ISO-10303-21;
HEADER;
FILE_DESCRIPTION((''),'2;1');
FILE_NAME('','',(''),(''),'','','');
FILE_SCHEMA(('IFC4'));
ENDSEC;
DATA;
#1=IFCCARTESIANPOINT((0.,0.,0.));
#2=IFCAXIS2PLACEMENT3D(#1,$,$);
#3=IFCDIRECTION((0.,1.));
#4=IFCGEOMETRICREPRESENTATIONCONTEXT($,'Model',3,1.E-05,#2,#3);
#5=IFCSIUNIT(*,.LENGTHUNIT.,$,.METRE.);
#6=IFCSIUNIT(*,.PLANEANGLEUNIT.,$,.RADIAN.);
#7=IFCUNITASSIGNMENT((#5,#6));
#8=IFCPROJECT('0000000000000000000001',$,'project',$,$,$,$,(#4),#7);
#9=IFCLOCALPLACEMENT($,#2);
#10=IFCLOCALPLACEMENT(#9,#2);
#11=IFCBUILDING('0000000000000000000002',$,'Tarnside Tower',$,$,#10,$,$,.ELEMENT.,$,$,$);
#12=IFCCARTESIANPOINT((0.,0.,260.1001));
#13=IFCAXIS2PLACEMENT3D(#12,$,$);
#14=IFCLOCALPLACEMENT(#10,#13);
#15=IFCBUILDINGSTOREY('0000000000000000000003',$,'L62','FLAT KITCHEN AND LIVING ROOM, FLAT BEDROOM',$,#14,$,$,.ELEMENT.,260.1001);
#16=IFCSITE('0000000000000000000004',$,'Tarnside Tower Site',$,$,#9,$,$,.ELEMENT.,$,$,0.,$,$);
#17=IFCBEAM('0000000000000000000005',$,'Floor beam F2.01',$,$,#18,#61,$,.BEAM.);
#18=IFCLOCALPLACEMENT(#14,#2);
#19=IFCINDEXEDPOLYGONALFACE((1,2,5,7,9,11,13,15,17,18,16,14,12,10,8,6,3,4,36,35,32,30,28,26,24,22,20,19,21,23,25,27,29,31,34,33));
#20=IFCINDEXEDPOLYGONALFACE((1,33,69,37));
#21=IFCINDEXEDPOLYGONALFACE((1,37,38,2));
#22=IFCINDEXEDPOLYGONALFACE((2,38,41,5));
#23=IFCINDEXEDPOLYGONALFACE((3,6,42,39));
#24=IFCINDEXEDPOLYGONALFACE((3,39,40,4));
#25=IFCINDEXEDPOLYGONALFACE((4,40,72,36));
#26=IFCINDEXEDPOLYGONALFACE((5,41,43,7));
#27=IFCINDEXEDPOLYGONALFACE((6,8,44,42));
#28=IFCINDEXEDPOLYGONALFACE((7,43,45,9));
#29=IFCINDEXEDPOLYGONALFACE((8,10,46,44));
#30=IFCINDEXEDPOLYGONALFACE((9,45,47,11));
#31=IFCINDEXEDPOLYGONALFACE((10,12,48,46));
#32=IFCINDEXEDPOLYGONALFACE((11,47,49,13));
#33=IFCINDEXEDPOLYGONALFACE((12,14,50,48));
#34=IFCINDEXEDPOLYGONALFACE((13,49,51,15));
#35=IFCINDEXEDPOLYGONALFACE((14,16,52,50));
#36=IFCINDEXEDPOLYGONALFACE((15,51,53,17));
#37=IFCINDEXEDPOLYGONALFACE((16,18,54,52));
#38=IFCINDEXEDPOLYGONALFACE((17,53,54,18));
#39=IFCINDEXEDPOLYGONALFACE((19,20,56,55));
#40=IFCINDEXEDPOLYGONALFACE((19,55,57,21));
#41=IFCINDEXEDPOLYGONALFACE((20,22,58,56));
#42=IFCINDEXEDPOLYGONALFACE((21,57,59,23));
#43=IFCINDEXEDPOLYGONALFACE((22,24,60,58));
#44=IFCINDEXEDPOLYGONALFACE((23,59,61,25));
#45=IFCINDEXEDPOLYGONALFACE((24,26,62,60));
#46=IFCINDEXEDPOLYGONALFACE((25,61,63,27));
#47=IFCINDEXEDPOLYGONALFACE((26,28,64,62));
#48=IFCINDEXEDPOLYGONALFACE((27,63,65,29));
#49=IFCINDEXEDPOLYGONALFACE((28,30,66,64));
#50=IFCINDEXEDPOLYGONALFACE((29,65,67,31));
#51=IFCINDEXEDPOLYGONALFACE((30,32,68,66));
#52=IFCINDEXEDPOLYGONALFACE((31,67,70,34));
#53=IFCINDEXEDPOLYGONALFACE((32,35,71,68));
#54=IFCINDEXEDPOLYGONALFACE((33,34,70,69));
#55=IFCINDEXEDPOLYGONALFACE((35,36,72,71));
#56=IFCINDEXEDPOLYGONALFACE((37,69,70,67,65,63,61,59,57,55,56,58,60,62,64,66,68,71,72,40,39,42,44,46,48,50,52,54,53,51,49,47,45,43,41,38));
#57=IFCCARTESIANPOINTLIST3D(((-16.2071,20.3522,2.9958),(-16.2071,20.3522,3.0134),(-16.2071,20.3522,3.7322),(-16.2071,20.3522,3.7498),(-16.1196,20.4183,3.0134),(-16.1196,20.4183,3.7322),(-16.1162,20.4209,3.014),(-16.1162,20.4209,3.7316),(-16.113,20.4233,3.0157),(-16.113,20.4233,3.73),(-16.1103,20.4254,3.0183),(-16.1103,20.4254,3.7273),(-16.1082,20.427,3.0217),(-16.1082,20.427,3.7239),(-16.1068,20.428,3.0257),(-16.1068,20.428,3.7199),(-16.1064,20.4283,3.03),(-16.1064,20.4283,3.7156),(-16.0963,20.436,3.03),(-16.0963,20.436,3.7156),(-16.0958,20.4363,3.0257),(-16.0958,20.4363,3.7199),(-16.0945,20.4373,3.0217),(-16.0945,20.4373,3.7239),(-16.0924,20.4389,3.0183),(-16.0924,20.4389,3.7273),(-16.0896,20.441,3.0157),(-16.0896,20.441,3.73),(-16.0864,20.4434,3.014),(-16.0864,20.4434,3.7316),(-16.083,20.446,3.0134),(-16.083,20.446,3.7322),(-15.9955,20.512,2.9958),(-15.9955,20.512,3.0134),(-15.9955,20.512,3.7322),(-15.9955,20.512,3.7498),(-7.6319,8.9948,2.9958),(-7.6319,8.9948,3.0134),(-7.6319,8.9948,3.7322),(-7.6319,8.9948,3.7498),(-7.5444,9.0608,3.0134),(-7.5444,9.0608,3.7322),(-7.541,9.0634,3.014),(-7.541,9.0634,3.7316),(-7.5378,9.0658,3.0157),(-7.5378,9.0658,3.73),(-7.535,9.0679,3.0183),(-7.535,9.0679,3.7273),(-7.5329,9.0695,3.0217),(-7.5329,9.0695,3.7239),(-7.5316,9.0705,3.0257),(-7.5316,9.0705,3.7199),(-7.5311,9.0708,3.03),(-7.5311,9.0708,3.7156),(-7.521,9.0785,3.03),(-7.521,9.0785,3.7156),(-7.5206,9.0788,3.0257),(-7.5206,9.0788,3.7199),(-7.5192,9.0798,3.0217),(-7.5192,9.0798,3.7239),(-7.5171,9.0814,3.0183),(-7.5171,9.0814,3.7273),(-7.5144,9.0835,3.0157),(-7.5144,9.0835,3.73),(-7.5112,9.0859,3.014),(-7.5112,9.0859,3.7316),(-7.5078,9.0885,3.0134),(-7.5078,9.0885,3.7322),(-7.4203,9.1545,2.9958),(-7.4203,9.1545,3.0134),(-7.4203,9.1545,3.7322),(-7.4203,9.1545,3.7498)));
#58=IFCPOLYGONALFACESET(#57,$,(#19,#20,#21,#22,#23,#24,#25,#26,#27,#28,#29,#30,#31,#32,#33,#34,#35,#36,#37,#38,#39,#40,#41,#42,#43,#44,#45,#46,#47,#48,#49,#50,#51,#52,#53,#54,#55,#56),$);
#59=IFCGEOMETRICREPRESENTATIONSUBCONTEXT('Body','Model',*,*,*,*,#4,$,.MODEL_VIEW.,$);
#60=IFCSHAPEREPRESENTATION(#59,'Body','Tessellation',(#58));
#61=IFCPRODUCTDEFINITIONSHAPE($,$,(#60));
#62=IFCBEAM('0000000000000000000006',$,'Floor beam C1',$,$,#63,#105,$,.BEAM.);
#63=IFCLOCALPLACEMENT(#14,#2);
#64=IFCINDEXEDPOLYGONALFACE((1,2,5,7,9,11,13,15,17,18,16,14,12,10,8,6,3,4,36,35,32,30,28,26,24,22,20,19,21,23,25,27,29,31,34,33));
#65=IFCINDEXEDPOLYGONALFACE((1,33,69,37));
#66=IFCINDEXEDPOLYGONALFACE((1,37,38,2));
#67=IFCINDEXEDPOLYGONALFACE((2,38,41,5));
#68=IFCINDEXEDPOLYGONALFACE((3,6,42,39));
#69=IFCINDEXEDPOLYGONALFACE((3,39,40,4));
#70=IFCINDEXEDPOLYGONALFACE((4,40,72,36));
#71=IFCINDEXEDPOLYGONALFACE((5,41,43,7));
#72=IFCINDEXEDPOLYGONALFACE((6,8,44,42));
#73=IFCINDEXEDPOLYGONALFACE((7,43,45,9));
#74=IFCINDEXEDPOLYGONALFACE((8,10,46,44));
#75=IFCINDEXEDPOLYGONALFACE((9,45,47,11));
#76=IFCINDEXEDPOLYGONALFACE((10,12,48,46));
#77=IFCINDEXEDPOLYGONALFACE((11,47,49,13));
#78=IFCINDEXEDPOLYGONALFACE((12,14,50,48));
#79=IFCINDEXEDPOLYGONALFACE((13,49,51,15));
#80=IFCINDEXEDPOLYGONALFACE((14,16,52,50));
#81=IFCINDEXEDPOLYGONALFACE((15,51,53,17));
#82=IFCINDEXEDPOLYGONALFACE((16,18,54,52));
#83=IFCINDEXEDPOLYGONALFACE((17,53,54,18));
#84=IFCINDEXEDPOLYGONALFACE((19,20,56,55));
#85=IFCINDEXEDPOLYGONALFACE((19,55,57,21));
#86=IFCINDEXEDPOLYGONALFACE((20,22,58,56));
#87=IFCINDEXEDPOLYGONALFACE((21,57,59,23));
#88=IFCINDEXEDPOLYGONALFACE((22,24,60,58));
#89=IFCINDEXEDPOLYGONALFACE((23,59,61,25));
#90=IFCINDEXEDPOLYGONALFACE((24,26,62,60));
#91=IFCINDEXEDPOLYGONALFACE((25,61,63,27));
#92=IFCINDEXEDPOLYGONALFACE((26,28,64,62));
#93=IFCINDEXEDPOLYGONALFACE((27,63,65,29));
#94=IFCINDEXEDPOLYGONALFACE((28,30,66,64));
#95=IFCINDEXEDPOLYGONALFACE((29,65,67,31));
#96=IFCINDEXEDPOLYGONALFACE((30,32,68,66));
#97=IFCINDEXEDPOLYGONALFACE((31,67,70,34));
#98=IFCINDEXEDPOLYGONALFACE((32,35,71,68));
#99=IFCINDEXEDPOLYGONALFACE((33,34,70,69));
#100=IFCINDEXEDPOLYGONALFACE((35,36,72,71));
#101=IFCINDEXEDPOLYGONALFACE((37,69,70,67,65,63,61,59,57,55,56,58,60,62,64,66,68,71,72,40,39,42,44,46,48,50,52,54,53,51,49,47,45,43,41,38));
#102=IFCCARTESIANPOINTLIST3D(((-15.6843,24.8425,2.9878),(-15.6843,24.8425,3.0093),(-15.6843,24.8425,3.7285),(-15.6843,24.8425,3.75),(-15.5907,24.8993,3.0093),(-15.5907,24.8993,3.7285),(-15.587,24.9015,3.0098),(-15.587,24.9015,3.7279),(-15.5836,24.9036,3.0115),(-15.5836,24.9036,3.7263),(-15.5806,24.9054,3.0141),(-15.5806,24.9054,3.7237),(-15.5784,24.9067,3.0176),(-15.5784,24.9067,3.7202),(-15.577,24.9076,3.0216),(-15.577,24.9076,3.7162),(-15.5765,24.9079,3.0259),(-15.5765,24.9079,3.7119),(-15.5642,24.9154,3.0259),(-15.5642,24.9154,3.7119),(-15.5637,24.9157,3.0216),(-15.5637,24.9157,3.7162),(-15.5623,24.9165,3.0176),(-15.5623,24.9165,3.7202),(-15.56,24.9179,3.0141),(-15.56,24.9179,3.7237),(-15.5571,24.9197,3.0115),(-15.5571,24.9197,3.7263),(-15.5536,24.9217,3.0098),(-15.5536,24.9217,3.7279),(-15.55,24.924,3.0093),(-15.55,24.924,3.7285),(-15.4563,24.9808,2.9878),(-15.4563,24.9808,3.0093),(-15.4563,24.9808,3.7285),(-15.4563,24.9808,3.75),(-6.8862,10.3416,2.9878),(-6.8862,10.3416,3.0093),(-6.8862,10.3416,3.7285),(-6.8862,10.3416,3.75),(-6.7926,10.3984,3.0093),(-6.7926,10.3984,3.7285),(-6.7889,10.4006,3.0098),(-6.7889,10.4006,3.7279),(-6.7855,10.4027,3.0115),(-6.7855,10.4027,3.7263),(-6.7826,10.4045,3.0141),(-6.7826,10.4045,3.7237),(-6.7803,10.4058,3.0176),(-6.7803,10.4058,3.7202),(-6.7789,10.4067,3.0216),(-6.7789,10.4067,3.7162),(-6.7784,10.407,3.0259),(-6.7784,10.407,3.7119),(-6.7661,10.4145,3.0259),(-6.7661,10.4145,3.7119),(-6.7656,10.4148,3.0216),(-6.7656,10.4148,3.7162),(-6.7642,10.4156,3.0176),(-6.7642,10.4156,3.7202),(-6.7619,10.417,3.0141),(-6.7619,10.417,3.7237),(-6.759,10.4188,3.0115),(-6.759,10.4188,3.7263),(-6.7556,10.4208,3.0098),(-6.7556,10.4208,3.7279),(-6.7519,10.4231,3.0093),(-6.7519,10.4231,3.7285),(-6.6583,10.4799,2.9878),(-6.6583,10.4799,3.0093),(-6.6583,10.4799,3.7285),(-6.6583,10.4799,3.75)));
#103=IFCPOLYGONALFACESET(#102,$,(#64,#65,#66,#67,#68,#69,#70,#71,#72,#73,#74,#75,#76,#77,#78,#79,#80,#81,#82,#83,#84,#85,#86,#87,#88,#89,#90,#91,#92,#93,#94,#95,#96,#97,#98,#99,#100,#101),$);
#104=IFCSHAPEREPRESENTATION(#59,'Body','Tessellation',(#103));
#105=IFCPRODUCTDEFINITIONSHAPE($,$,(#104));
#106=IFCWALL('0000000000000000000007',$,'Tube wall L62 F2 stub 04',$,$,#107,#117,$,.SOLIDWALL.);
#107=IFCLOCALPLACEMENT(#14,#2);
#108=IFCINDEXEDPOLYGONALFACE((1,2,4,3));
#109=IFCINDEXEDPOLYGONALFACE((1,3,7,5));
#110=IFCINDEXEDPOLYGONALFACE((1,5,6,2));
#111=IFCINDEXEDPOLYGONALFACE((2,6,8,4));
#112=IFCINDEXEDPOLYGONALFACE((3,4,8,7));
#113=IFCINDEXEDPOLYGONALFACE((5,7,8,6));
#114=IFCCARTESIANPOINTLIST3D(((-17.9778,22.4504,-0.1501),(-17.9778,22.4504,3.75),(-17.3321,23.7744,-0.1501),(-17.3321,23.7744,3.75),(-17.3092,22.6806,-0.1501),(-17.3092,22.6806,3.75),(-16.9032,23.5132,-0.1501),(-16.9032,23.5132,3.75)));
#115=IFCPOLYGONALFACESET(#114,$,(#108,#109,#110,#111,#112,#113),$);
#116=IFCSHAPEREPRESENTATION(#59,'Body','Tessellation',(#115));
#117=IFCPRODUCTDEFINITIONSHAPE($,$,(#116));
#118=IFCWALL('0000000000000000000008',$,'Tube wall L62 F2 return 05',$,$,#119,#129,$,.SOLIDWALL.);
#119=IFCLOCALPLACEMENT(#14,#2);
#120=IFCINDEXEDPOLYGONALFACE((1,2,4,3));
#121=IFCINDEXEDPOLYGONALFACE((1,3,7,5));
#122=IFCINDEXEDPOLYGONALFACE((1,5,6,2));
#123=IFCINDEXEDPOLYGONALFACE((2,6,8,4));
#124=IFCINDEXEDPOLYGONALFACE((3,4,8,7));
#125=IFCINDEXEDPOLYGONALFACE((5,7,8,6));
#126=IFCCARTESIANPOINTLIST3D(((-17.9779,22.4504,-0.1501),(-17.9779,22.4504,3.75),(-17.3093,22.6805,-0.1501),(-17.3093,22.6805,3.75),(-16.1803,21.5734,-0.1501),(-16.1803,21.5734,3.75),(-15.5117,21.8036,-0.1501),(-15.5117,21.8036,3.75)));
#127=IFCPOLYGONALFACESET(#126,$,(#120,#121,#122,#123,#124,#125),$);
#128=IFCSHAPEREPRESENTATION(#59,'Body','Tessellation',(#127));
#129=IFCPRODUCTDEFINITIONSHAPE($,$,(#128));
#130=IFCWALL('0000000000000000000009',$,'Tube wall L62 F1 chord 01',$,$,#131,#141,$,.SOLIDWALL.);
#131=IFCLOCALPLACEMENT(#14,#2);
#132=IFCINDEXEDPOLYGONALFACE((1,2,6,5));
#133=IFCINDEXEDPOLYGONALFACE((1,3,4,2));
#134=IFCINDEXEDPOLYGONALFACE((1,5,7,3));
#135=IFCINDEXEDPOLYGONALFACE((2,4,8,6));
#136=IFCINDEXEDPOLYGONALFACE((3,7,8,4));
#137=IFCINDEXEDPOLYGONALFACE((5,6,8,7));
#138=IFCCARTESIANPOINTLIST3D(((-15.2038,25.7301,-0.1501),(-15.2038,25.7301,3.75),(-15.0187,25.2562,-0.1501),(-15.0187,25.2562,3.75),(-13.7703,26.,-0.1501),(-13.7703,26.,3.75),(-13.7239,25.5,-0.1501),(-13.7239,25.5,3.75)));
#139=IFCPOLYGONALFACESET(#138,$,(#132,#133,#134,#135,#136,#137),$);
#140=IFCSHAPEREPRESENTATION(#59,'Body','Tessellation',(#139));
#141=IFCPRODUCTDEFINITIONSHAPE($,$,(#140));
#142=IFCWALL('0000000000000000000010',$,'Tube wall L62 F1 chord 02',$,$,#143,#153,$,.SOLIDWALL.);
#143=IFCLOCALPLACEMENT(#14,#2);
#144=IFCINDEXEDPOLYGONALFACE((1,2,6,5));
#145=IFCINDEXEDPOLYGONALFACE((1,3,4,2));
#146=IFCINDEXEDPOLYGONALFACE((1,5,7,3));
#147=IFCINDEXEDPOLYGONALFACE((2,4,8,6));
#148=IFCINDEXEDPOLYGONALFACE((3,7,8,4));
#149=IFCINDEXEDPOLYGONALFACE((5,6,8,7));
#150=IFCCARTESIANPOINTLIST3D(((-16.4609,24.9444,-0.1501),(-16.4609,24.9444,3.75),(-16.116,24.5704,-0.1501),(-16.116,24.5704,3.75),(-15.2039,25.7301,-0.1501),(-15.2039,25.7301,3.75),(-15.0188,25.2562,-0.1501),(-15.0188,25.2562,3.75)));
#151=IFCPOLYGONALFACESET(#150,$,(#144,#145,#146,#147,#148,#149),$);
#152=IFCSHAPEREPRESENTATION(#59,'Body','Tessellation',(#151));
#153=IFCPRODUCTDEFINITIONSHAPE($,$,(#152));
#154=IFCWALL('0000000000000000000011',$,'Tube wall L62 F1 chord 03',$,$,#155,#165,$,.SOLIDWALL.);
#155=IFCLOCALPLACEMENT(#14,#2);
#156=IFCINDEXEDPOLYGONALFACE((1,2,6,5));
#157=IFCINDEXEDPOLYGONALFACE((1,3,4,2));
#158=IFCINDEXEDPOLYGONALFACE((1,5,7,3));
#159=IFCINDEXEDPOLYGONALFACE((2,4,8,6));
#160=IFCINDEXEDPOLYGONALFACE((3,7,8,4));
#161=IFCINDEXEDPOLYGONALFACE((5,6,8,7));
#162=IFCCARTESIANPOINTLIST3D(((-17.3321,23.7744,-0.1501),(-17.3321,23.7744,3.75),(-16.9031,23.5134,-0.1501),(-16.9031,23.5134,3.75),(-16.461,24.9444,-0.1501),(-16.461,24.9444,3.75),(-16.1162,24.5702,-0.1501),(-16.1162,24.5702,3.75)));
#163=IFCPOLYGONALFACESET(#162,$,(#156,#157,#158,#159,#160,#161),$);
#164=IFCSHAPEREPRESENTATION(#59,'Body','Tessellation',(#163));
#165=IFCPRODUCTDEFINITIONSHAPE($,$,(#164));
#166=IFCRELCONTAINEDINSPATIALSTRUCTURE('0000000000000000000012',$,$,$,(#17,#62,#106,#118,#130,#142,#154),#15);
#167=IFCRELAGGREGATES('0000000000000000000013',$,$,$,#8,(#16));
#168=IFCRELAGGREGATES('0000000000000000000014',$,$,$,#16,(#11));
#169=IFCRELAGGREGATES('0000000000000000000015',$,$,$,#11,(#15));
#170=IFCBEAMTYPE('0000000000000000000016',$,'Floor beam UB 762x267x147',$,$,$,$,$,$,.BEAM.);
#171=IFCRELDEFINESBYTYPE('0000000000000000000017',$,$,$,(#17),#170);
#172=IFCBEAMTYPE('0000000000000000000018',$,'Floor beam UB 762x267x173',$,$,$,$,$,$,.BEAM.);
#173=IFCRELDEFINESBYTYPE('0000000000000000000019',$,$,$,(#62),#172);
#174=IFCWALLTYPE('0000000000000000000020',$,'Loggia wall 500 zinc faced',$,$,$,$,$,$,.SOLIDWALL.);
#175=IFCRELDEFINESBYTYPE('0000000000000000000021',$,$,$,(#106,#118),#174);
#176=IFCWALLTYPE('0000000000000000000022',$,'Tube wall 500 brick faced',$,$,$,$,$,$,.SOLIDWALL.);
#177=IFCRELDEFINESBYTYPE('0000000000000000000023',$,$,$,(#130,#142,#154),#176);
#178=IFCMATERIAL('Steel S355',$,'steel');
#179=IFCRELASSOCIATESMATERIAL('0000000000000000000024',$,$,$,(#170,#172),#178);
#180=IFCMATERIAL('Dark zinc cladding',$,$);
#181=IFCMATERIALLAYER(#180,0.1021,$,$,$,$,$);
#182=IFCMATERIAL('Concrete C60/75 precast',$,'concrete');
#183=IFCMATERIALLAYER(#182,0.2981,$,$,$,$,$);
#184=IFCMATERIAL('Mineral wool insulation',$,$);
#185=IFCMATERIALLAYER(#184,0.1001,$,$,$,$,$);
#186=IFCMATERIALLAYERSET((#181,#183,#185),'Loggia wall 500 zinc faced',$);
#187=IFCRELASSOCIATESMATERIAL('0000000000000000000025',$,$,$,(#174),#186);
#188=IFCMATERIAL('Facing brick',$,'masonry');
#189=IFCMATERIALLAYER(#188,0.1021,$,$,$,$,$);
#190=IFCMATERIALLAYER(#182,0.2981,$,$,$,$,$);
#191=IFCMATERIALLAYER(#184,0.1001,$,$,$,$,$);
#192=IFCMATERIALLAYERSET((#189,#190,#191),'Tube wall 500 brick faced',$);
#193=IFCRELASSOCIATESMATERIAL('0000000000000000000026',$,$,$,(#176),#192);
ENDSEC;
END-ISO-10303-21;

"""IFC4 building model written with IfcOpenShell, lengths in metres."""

from ifc_helpers import new_model, si_unit, direction, frame, origin, origin_2d, place, context, subcontext, project, spatial, polyline, i_section, outline, extrude, material, layer, layer_set, material_profile, profile_set, type_object, element, save


model = new_model("IFC4")

# Units and contexts
model_context = context("Model", 3, precision=1e-05, world=origin(), true_north=direction((0.0, 1.0)))
body_context = subcontext(model_context, "Body", "Model", "MODEL_VIEW")
ifc_project = project(units=[si_unit("LENGTHUNIT", "METRE"), si_unit("PLANEANGLEUNIT", "RADIAN")], contexts=[model_context])

# Site, building, storey
site_placement = place(None, origin())
site = spatial("IfcSite", under=ifc_project, at=site_placement, Name="Tarnside Tower Site", CompositionType="ELEMENT", RefElevation=0.0)
building_placement = place(site_placement, origin())
building = spatial("IfcBuilding", under=site, at=building_placement, Name="Tarnside Tower", CompositionType="ELEMENT")
storey_placement = place(building_placement, frame((0.0, 0.0, 260.1001)))
storey = spatial("IfcBuildingStorey", under=building, at=storey_placement, Name="L62", Description="FLAT KITCHEN AND LIVING ROOM, FLAT BEDROOM", CompositionType="ELEMENT", Elevation=260.1001)

# Beams
ifc_material_1 = material(Name="Steel S355", Category="steel")
ifc_material_profile_1 = material_profile(ifc_material_1, i_section(OverallWidth=0.2651, OverallDepth=0.7539, WebThickness=0.0127, FlangeThickness=0.0176, FilletRadius=0.0166, at=origin_2d()), Name="UB 762x267x147")
ifc_profile_set_1 = profile_set([ifc_material_profile_1], Name="Steel S355")
beam_type_1 = type_object("IfcBeamType", Name="Floor beam UB 762x267x147", PredefinedType="BEAM", material=ifc_profile_set_1)
beam_1_placement = place(storey_placement, frame((-16.1013, 20.4321, 3.3728), z_axis=(0.602566, -0.798069, 0.0), x_axis=(0.798069, 0.602566, 0.0)))
element("IfcBeam", 1, at=beam_1_placement, inside=storey, type_object=beam_type_1, Name="Floor beam F2.01", PredefinedType="BEAM", context=body_context, shape_type="SweptSolid", body=[
    extrude(i_section(OverallWidth=0.2651, OverallDepth=0.7539, WebThickness=0.0127, FlangeThickness=0.0176, FilletRadius=0.0166, at=origin_2d()), origin(), (0.0, 0.0, 1.0), 14.2312),
])
ifc_material_profile_2 = material_profile(ifc_material_1, i_section(OverallWidth=0.2666, OverallDepth=0.7622, WebThickness=0.0144, FlangeThickness=0.0215, FilletRadius=0.0166, at=origin_2d()), Name="UB 762x267x173")
ifc_profile_set_2 = profile_set([ifc_material_profile_2], Name="Steel S355")
beam_type_2 = type_object("IfcBeamType", Name="Floor beam UB 762x267x173", PredefinedType="BEAM", material=ifc_profile_set_2)
beam_2_placement = place(storey_placement, frame((-15.5703, 24.9116, 3.3689), z_axis=(0.518717, -0.854946, 0.0), x_axis=(0.854946, 0.518717, 0.0)))
element("IfcBeam", 2, at=beam_2_placement, inside=storey, type_object=beam_type_2, Name="Floor beam C1", PredefinedType="BEAM", context=body_context, shape_type="SweptSolid", body=[
    extrude(i_section(OverallWidth=0.2666, OverallDepth=0.7622, WebThickness=0.0144, FlangeThickness=0.0215, FilletRadius=0.0166, at=origin_2d()), origin(), (0.0, 0.0, 1.0), 16.9612),
])

# Walls
ifc_material_2 = material(Name="Dark zinc cladding")
ifc_layer_1 = layer(ifc_material_2, 0.1021)
ifc_material_3 = material(Name="Concrete C60/75 precast", Category="concrete")
ifc_layer_2 = layer(ifc_material_3, 0.2981)
ifc_material_4 = material(Name="Mineral wool insulation")
ifc_layer_3 = layer(ifc_material_4, 0.1001)
ifc_layer_set_1 = layer_set([ifc_layer_1, ifc_layer_2, ifc_layer_3], Name="Loggia wall 500 zinc faced")
wall_type_1 = type_object("IfcWallType", Name="Loggia wall 500 zinc faced", PredefinedType="SOLIDWALL", material=ifc_layer_set_1)
wall_1_placement = place(storey_placement, frame((-17.1177, 23.6438, -0.1501), z_axis=(0.0, 0.0, 1.0), x_axis=(-0.438319, -0.898819, 0.0)))
element("IfcWall", 3, at=wall_1_placement, inside=storey, type_object=wall_type_1, Name="Tube wall L62 F2 stub 04", PredefinedType="SOLIDWALL", context=body_context, shape_type="SweptSolid", body=[
    extrude(outline(polyline([(-0.0234, -0.25), (1.4497, -0.25), (0.9497, 0.25), (0.0234, 0.25), (-0.0234, -0.25)])), origin(), (0.0, 0.0, 1.0), 3.9001),
])
wall_2_placement = place(storey_placement, frame((-17.6436, 22.5654, -0.1501), z_axis=(0.0, 0.0, 1.0), x_axis=(0.898754, -0.438452, 0.0)))
element("IfcWall", 4, at=wall_2_placement, inside=storey, type_object=wall_type_1, Name="Tube wall L62 F2 return 05", PredefinedType="SOLIDWALL", context=body_context, shape_type="SweptSolid", body=[
    extrude(outline(polyline([(-0.25, -0.25), (1.75, -0.25), (2.25, 0.25), (0.25, 0.25), (-0.25, -0.25)])), origin(), (0.0, 0.0, 1.0), 3.9001),
])

# Walls
ifc_material_5 = material(Name="Facing brick", Category="masonry")
ifc_layer_4 = layer(ifc_material_5, 0.1021)
ifc_layer_5 = layer(ifc_material_3, 0.2981)
ifc_layer_6 = layer(ifc_material_4, 0.1001)
ifc_layer_set_2 = layer_set([ifc_layer_4, ifc_layer_5, ifc_layer_6], Name="Tube wall 500 brick faced")
wall_type_2 = type_object("IfcWallType", Name="Tube wall 500 brick faced", PredefinedType="SOLIDWALL", material=ifc_layer_set_2)
wall_3_placement = place(storey_placement, frame((-13.7471, 25.75, -0.1501), z_axis=(0.0, 0.0, 1.0), x_axis=(-0.982737, -0.185011, 0.0)))
element("IfcWall", 5, at=wall_3_placement, inside=storey, type_object=wall_type_2, Name="Tube wall L62 F1 chord 01", PredefinedType="SOLIDWALL", context=body_context, shape_type="SweptSolid", body=[
    extrude(outline(polyline([(-0.0234, -0.25), (1.4353, -0.25), (1.3411, 0.25), (0.0234, 0.25), (-0.0234, -0.25)])), origin(), (0.0, 0.0, 1.0), 3.9001),
])
wall_4_placement = place(storey_placement, frame((-15.1113, 25.4932, -0.1501), z_axis=(0.0, 0.0, 1.0), x_axis=(-0.847979, -0.530031, 0.0)))
element("IfcWall", 6, at=wall_4_placement, inside=storey, type_object=wall_type_2, Name="Tube wall L62 F1 chord 02", PredefinedType="SOLIDWALL", context=body_context, shape_type="SweptSolid", body=[
    extrude(outline(polyline([(-0.0471, -0.25), (1.4353, -0.25), (1.3411, 0.25), (0.0471, 0.25), (-0.0471, -0.25)])), origin(), (0.0, 0.0, 1.0), 3.9001),
])
wall_5_placement = place(storey_placement, frame((-16.2886, 24.7573, -0.1501), z_axis=(0.0, 0.0, 1.0), x_axis=(-0.597211, -0.802084, 0.0)))
element("IfcWall", 7, at=wall_5_placement, inside=storey, type_object=wall_type_2, Name="Tube wall L62 F1 chord 03", PredefinedType="SOLIDWALL", context=body_context, shape_type="SweptSolid", body=[
    extrude(outline(polyline([(-0.0471, -0.25), (1.4116, -0.25), (1.3647, 0.25), (0.0471, 0.25), (-0.0471, -0.25)])), origin(), (0.0, 0.0, 1.0), 3.9001),
])

save(model, "model.ifc")
